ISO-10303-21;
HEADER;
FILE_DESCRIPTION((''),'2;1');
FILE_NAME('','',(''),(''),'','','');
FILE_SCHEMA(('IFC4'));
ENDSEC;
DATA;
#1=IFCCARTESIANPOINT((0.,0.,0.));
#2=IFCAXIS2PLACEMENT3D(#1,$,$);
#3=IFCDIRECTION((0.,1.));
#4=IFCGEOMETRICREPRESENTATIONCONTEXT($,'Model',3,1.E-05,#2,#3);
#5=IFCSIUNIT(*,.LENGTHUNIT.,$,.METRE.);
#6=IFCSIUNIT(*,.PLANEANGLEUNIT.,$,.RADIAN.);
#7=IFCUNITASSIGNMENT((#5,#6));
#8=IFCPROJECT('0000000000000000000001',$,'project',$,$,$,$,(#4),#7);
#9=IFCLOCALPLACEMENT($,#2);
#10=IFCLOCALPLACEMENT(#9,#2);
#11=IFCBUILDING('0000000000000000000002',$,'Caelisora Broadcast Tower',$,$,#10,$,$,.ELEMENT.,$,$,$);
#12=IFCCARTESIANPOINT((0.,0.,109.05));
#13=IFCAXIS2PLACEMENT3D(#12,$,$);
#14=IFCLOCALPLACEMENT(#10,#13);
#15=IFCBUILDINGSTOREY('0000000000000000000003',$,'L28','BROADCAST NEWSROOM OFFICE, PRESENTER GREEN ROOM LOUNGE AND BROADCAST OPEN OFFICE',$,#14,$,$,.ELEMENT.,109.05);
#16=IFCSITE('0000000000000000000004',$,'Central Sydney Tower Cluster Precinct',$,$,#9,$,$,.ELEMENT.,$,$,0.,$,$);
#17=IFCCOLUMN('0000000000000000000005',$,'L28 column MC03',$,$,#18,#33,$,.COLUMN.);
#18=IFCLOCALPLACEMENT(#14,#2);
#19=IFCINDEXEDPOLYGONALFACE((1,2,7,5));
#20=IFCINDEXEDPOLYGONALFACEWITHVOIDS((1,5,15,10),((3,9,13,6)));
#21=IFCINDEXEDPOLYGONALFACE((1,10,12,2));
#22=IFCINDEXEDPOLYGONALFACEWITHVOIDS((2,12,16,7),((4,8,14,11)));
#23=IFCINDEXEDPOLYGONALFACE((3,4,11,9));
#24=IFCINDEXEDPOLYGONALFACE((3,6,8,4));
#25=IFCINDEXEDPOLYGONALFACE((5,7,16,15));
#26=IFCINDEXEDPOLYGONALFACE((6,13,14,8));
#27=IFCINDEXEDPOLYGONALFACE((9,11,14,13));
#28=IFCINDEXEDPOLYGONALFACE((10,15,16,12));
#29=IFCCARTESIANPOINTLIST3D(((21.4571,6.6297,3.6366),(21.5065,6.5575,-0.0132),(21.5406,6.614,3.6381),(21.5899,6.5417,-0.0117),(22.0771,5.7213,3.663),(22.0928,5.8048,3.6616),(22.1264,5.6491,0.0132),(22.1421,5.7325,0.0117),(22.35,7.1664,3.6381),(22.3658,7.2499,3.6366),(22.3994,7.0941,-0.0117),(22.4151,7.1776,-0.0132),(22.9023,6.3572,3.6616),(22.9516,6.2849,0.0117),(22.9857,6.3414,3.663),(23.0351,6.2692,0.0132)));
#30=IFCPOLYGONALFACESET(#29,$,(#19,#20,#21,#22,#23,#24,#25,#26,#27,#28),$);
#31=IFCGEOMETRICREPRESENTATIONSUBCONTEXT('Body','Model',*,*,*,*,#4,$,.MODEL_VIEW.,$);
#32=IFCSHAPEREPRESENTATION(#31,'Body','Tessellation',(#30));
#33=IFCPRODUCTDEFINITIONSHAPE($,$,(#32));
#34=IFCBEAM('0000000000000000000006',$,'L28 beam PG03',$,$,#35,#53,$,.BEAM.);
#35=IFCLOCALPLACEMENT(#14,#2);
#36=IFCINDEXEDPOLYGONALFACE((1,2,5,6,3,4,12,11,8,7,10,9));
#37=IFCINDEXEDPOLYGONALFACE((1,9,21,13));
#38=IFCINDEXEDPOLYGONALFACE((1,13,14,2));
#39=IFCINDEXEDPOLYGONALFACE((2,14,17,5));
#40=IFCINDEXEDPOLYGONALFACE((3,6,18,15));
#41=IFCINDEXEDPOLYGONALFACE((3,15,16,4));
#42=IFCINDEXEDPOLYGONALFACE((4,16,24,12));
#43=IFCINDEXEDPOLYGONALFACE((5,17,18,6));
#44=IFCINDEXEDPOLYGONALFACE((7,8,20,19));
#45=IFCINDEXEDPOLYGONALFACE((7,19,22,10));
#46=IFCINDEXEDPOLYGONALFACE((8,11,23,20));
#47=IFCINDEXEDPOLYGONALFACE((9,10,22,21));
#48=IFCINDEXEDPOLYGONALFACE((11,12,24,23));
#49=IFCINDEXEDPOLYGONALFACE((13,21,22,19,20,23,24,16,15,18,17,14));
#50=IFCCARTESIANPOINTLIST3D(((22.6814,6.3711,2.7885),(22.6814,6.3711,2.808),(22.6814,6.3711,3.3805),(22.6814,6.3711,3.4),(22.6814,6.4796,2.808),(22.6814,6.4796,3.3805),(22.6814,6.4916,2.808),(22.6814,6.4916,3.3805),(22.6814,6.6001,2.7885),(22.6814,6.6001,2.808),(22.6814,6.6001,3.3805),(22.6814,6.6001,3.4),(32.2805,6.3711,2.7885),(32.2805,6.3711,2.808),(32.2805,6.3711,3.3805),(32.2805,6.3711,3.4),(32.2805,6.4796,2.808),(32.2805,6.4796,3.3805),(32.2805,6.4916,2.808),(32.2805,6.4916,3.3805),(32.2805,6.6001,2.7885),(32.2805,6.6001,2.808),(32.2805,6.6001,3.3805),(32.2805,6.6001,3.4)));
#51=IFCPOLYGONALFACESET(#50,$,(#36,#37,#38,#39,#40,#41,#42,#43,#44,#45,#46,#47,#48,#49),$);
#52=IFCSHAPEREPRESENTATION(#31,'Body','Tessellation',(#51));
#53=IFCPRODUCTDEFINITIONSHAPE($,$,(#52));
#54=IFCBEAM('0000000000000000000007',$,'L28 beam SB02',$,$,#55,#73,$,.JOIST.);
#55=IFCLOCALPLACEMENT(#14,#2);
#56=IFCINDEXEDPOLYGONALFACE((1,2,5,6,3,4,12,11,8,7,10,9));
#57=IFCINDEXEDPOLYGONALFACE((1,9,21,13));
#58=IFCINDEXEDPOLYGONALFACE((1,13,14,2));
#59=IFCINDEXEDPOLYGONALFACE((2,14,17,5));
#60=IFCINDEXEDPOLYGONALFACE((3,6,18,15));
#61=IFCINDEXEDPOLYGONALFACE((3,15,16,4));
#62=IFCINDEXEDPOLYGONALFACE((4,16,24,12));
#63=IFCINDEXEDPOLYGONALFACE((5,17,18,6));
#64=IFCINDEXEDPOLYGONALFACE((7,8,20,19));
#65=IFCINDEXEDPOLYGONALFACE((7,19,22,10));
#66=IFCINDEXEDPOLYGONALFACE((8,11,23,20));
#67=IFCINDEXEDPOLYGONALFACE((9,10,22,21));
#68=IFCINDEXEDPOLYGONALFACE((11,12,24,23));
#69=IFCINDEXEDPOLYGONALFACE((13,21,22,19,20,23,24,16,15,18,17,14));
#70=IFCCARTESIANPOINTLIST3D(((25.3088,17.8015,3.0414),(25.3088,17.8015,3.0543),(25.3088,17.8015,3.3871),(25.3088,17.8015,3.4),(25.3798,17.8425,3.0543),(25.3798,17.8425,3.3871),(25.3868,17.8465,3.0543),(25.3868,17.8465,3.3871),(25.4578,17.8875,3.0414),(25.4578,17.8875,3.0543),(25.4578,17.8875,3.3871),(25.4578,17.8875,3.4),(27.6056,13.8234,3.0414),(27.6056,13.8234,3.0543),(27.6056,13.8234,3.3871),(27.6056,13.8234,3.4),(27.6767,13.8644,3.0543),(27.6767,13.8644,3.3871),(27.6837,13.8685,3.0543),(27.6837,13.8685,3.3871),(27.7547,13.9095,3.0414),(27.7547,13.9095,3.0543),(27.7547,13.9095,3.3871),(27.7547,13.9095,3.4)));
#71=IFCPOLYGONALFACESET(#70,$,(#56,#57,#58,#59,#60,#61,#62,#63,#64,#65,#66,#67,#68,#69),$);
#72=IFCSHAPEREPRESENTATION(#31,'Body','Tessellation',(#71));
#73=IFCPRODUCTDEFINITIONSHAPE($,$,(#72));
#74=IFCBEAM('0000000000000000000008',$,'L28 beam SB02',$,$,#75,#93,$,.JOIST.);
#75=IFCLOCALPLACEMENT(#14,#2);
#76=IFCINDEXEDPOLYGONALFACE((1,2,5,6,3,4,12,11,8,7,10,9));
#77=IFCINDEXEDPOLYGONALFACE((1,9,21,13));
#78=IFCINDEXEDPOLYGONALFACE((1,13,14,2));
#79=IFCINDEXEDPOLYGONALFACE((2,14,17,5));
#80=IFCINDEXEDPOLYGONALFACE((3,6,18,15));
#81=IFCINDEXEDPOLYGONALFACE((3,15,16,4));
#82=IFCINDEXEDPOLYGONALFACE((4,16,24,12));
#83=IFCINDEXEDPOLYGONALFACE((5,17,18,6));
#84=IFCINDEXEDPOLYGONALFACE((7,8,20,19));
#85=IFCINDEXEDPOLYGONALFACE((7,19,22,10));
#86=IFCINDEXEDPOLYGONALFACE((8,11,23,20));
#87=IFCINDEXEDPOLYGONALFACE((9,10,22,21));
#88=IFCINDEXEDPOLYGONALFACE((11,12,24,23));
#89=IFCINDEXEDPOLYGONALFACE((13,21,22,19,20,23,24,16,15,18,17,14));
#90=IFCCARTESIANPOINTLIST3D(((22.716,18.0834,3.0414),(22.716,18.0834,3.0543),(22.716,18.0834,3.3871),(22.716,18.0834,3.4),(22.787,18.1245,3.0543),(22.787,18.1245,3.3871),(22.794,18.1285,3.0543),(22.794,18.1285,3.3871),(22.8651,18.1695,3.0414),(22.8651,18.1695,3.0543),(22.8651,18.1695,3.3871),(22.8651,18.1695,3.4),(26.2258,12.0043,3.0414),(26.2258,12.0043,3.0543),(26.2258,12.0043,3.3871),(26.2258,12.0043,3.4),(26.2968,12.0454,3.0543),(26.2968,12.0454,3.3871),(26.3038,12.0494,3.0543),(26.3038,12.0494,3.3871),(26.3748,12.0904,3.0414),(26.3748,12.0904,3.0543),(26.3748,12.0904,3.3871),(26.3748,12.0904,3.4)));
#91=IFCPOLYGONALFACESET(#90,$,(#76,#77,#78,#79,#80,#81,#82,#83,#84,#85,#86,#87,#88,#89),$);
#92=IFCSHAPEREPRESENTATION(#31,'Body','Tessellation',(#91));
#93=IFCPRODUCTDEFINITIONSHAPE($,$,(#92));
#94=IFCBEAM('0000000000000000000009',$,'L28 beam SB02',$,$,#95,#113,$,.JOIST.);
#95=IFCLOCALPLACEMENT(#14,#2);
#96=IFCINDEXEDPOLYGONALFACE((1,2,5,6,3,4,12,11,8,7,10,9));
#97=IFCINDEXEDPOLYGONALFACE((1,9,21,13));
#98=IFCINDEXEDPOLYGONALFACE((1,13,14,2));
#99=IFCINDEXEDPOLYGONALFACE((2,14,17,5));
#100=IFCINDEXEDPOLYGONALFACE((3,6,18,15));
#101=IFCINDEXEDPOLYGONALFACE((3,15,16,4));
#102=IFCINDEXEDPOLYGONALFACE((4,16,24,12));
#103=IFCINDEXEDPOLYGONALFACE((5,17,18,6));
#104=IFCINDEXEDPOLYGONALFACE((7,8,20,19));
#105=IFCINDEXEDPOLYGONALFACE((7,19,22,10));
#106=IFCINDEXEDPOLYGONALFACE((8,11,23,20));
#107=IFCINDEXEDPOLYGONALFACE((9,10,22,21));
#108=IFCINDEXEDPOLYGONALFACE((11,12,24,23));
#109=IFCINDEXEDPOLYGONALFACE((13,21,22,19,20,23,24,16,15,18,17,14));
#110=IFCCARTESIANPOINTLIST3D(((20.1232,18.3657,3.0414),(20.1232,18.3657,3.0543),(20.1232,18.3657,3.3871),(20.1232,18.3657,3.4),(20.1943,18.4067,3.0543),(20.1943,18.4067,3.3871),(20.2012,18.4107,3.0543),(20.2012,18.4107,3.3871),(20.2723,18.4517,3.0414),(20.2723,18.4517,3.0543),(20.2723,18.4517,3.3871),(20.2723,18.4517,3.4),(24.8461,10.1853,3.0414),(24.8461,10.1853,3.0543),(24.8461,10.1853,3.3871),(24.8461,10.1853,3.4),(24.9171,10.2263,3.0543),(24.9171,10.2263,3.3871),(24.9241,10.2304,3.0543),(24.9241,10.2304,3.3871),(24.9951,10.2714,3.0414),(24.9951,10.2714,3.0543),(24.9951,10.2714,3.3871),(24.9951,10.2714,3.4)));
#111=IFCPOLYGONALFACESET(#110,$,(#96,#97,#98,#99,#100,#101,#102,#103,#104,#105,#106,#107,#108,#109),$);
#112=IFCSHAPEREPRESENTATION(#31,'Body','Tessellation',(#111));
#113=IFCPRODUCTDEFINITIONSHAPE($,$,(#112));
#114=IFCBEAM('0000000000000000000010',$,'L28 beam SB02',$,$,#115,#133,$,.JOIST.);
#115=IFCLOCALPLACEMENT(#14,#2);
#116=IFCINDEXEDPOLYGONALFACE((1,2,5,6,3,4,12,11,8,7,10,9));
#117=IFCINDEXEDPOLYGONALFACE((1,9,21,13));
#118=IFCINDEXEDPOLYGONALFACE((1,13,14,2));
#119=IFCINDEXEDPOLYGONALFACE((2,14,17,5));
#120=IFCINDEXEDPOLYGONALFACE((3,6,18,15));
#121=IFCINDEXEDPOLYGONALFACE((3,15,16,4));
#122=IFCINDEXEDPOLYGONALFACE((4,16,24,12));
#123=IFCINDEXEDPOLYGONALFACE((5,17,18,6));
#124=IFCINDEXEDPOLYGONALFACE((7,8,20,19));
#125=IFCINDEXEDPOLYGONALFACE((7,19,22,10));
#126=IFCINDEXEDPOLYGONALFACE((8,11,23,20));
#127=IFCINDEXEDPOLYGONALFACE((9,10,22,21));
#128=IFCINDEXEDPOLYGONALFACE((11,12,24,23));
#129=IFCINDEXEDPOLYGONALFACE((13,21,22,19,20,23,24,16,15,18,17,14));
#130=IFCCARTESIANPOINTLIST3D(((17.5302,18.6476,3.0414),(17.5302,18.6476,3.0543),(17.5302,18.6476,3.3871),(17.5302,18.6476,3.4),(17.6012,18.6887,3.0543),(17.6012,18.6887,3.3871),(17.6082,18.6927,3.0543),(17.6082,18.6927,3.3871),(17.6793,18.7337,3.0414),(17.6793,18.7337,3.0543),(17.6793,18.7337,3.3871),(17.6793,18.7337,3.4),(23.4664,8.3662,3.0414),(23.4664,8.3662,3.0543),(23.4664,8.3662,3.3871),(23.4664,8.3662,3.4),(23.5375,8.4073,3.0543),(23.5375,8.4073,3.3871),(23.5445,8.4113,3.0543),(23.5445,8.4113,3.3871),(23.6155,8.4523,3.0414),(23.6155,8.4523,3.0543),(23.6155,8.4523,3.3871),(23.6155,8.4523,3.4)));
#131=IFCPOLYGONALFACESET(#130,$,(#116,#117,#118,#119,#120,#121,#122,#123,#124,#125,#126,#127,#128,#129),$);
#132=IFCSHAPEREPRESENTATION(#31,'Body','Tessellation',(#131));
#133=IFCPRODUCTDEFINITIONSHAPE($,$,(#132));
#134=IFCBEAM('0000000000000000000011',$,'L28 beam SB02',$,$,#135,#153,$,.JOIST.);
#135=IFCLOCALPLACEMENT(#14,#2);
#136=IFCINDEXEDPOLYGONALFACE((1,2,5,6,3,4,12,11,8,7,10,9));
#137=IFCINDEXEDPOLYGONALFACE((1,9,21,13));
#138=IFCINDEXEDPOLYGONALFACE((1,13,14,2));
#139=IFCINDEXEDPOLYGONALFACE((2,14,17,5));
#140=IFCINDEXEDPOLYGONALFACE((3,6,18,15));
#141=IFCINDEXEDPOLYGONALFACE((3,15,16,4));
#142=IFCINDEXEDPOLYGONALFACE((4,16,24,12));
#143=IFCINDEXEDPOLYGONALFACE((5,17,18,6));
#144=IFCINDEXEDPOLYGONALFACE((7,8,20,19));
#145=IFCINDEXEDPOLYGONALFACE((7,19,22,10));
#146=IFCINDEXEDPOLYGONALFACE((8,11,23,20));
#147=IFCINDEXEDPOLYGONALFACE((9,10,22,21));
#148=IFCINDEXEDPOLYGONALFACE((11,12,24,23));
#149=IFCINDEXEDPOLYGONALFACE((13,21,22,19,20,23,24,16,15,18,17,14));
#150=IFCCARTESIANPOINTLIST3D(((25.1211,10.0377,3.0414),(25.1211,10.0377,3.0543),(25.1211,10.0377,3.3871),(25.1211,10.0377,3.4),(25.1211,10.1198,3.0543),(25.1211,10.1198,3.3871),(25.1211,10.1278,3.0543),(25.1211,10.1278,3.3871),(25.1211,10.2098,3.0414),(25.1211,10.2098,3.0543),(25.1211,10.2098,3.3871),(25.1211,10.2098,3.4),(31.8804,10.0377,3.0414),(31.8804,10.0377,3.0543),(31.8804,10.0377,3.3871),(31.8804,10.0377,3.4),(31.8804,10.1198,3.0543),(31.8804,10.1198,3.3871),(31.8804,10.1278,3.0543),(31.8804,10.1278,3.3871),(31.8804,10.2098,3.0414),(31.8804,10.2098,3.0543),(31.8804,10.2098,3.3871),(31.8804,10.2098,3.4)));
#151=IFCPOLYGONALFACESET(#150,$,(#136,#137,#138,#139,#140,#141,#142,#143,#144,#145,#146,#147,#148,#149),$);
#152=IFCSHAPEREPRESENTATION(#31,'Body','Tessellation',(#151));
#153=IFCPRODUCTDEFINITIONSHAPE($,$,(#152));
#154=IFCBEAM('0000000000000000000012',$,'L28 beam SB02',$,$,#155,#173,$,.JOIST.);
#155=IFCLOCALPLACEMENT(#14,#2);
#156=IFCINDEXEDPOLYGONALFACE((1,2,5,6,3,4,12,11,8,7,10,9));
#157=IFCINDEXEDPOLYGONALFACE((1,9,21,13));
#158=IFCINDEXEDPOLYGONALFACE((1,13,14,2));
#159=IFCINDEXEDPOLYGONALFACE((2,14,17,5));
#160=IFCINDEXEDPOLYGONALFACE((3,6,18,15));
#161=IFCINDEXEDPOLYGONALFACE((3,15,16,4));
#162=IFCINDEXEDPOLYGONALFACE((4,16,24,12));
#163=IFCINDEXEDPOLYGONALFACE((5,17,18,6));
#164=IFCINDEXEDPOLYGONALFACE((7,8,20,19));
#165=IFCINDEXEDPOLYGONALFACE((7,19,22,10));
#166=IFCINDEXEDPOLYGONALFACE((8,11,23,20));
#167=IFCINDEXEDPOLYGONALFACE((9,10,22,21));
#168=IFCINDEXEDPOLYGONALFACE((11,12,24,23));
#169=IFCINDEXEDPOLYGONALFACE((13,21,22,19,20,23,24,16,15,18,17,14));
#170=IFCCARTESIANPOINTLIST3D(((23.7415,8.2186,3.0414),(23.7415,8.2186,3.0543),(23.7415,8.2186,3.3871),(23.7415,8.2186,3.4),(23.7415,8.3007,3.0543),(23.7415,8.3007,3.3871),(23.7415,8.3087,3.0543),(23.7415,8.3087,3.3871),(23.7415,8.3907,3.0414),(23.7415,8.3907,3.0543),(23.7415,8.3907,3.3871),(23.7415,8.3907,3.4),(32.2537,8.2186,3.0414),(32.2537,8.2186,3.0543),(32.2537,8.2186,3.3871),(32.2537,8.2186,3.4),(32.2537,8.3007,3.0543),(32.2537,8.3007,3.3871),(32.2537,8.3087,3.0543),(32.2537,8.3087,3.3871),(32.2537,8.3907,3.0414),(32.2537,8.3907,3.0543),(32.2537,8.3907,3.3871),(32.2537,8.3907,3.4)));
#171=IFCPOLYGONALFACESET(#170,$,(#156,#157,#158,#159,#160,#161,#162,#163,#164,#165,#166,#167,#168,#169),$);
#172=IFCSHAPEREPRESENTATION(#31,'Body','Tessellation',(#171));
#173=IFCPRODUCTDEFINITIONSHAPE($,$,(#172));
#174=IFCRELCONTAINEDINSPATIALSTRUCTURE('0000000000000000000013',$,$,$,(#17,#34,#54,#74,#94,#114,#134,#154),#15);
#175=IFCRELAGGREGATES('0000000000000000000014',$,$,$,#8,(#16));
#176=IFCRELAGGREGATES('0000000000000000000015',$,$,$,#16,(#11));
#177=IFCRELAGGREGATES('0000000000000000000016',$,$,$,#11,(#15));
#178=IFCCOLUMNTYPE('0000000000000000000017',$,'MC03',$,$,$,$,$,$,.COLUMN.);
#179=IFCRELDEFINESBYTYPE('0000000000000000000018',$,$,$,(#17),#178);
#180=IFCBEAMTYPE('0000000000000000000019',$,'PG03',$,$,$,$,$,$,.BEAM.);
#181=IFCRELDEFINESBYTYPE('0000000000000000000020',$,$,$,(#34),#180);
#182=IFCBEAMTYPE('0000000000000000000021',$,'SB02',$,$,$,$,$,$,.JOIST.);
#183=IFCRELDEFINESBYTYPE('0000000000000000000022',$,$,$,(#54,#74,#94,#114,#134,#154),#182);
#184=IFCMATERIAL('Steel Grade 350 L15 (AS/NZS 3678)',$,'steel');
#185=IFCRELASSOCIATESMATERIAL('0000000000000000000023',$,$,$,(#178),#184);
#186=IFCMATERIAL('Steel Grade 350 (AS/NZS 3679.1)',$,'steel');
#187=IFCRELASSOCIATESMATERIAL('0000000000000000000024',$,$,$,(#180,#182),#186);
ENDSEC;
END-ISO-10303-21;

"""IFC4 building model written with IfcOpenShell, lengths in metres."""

from ifc_helpers import new_model, si_unit, direction, frame, origin, origin_2d, place, context, subcontext, project, spatial, hollow_rectangle, i_section, extrude, source, transform, mapped, material, material_profile, profile_set, type_object, type_shapes, element, save


model = new_model("IFC4")

# Units and contexts
model_context = context("Model", 3, precision=1e-05, world=origin(), true_north=direction((0.0, 1.0)))
body_context = subcontext(model_context, "Body", "Model", "MODEL_VIEW")
ifc_project = project(units=[si_unit("LENGTHUNIT", "METRE"), si_unit("PLANEANGLEUNIT", "RADIAN")], contexts=[model_context])

# Site, building, storey
site_placement = place(None, origin())
site = spatial("IfcSite", under=ifc_project, at=site_placement, Name="Central Sydney Tower Cluster Precinct", CompositionType="ELEMENT", RefElevation=0.0)
building_placement = place(site_placement, origin())
building = spatial("IfcBuilding", under=site, at=building_placement, Name="Caelisora Broadcast Tower", CompositionType="ELEMENT")
storey_placement = place(building_placement, frame((0.0, 0.0, 109.05)))
storey = spatial("IfcBuildingStorey", under=building, at=storey_placement, Name="L28", Description="BROADCAST NEWSROOM OFFICE, PRESENTER GREEN ROOM LOUNGE AND BROADCAST OPEN OFFICE", CompositionType="ELEMENT", Elevation=109.05)

# Column
ifc_material_1 = material(Name="Steel Grade 350 L15 (AS/NZS 3678)", Category="steel")
ifc_material_profile_1 = material_profile(ifc_material_1, hollow_rectangle(XDim=1.1001, YDim=1.1001, WallThickness=0.0601, at=origin_2d()), Name="Steel Grade 350 L15 (AS/NZS 3678)")
ifc_profile_set_1 = profile_set([ifc_material_profile_1], Name="Steel Grade 350 L15 (AS/NZS 3678)")
column_type = type_object("IfcColumnType", Name="MC03", PredefinedType="COLUMN", material=ifc_profile_set_1)
shared_shape_1 = source(origin(), body_context, "Body", "SweptSolid", [
    extrude(hollow_rectangle(XDim=1.1001, YDim=1.1001, WallThickness=0.0601, at=origin_2d()), origin(), (0.0, 0.0, 1.0), 3.6509),
])
type_shapes(column_type, [shared_shape_1])
column_placement = place(storey_placement, frame((22.2708, 6.4133, 0.0), z_axis=(-0.013508, 0.019794, 0.999713), x_axis=(-0.825991, -0.563683, 0.0)))
element("IfcColumn", 1, at=column_placement, inside=storey, type_object=column_type, Name="L28 column MC03", PredefinedType="COLUMN", context=body_context, shape_type="MappedRepresentation", body=[
    mapped(shared_shape_1, transform((0.0, 0.0, 0.0), scale=1.0)),
])

# Beams
ifc_material_2 = material(Name="Steel Grade 350 (AS/NZS 3679.1)", Category="steel")
ifc_material_profile_2 = material_profile(ifc_material_2, i_section(OverallWidth=0.229, OverallDepth=0.6116, WebThickness=0.012, FlangeThickness=0.0195, at=origin_2d()), Name="Steel Grade 350 (AS/NZS 3679.1)")
ifc_profile_set_2 = profile_set([ifc_material_profile_2], Name="Steel Grade 350 (AS/NZS 3679.1)")
beam_type_1 = type_object("IfcBeamType", Name="PG03", PredefinedType="BEAM", material=ifc_profile_set_2)
shared_shape_2 = source(origin(), body_context, "Body", "SweptSolid", [
    extrude(i_section(OverallWidth=0.229, OverallDepth=0.6116, WebThickness=0.012, FlangeThickness=0.0195, at=origin_2d()), origin(), (0.0, 0.0, 1.0), 9.5991),
])
type_shapes(beam_type_1, [shared_shape_2])
beam_1_placement = place(storey_placement, frame((22.6814, 6.4856, 3.0942), z_axis=(1.0, 0.0, 0.0), x_axis=(0.0, 1.0, 0.0)))
element("IfcBeam", 2, at=beam_1_placement, inside=storey, type_object=beam_type_1, Name="L28 beam PG03", PredefinedType="BEAM", context=body_context, shape_type="MappedRepresentation", body=[
    mapped(shared_shape_2, transform((0.0, 0.0, 0.0), scale=1.0)),
])
ifc_material_profile_3 = material_profile(ifc_material_2, i_section(OverallWidth=0.1721, OverallDepth=0.3586, WebThickness=0.0081, FlangeThickness=0.0129, at=origin_2d()), Name="Steel Grade 350 (AS/NZS 3679.1)")
ifc_profile_set_3 = profile_set([ifc_material_profile_3], Name="Steel Grade 350 (AS/NZS 3679.1)")
beam_type_2 = type_object("IfcBeamType", Name="SB02", PredefinedType="JOIST", material=ifc_profile_set_3)
shared_shape_3 = source(origin(), body_context, "Body", "SweptSolid", [
    extrude(i_section(OverallWidth=0.1721, OverallDepth=0.3586, WebThickness=0.0081, FlangeThickness=0.0129, at=origin_2d()), origin(), (0.0, 0.0, 1.0), 4.5935),
])
beam_2_placement = place(storey_placement, frame((25.3833, 17.8445, 3.2207), z_axis=(0.500026, -0.86601, 0.0), x_axis=(0.86601, 0.500026, 0.0)))
element("IfcBeam", 3, at=beam_2_placement, inside=storey, type_object=beam_type_2, Name="L28 beam SB02", PredefinedType="JOIST", context=body_context, shape_type="MappedRepresentation", body=[
    mapped(shared_shape_3, transform((0.0, 0.0, 0.0), scale=1.0)),
])
shared_shape_4 = source(origin(), body_context, "Body", "SweptSolid", [
    extrude(i_section(OverallWidth=0.1721, OverallDepth=0.3586, WebThickness=0.0081, FlangeThickness=0.0129, at=origin_2d()), origin(), (0.0, 0.0, 1.0), 7.0195),
])
beam_3_placement = place(storey_placement, frame((22.7905, 18.1265, 3.2207), z_axis=(0.499999, -0.866026, 0.0), x_axis=(0.866026, 0.499999, 0.0)))
element("IfcBeam", 4, at=beam_3_placement, inside=storey, type_object=beam_type_2, Name="L28 beam SB02", PredefinedType="JOIST", context=body_context, shape_type="MappedRepresentation", body=[
    mapped(shared_shape_4, transform((0.0, 0.0, 0.0), scale=1.0)),
])
shared_shape_5 = source(origin(), body_context, "Body", "SweptSolid", [
    extrude(i_section(OverallWidth=0.1721, OverallDepth=0.3586, WebThickness=0.0081, FlangeThickness=0.0129, at=origin_2d()), origin(), (0.0, 0.0, 1.0), 9.4458),
])
beam_4_placement = place(storey_placement, frame((20.1978, 18.4087, 3.2207), z_axis=(0.499995, -0.866028, 0.0), x_axis=(0.866028, 0.499995, 0.0)))
element("IfcBeam", 5, at=beam_4_placement, inside=storey, type_object=beam_type_2, Name="L28 beam SB02", PredefinedType="JOIST", context=body_context, shape_type="MappedRepresentation", body=[
    mapped(shared_shape_5, transform((0.0, 0.0, 0.0), scale=1.0)),
])
shared_shape_6 = source(origin(), body_context, "Body", "SweptSolid", [
    extrude(i_section(OverallWidth=0.1721, OverallDepth=0.3586, WebThickness=0.0081, FlangeThickness=0.0129, at=origin_2d()), origin(), (0.0, 0.0, 1.0), 11.8721),
])
beam_5_placement = place(storey_placement, frame((17.6047, 18.6907, 3.2207), z_axis=(0.500016, -0.866016, 0.0), x_axis=(0.866016, 0.500016, 0.0)))
element("IfcBeam", 6, at=beam_5_placement, inside=storey, type_object=beam_type_2, Name="L28 beam SB02", PredefinedType="JOIST", context=body_context, shape_type="MappedRepresentation", body=[
    mapped(shared_shape_6, transform((0.0, 0.0, 0.0), scale=1.0)),
])
shared_shape_7 = source(origin(), body_context, "Body", "SweptSolid", [
    extrude(i_section(OverallWidth=0.1721, OverallDepth=0.3586, WebThickness=0.0081, FlangeThickness=0.0129, at=origin_2d()), origin(), (0.0, 0.0, 1.0), 6.7593),
])
beam_6_placement = place(storey_placement, frame((25.1211, 10.1238, 3.2207), z_axis=(1.0, 0.0, 0.0), x_axis=(0.0, 1.0, 0.0)))
element("IfcBeam", 7, at=beam_6_placement, inside=storey, type_object=beam_type_2, Name="L28 beam SB02", PredefinedType="JOIST", context=body_context, shape_type="MappedRepresentation", body=[
    mapped(shared_shape_7, transform((0.0, 0.0, 0.0), scale=1.0)),
])
shared_shape_8 = source(origin(), body_context, "Body", "SweptSolid", [
    extrude(i_section(OverallWidth=0.1721, OverallDepth=0.3586, WebThickness=0.0081, FlangeThickness=0.0129, at=origin_2d()), origin(), (0.0, 0.0, 1.0), 8.5122),
])
type_shapes(beam_type_2, [shared_shape_3, shared_shape_4, shared_shape_5, shared_shape_6, shared_shape_7, shared_shape_8])
beam_7_placement = place(storey_placement, frame((23.7415, 8.3047, 3.2207), z_axis=(1.0, 0.0, 0.0), x_axis=(0.0, 1.0, 0.0)))
element("IfcBeam", 8, at=beam_7_placement, inside=storey, type_object=beam_type_2, Name="L28 beam SB02", PredefinedType="JOIST", context=body_context, shape_type="MappedRepresentation", body=[
    mapped(shared_shape_8, transform((0.0, 0.0, 0.0), scale=1.0)),
])

save(model, "model.ifc")
